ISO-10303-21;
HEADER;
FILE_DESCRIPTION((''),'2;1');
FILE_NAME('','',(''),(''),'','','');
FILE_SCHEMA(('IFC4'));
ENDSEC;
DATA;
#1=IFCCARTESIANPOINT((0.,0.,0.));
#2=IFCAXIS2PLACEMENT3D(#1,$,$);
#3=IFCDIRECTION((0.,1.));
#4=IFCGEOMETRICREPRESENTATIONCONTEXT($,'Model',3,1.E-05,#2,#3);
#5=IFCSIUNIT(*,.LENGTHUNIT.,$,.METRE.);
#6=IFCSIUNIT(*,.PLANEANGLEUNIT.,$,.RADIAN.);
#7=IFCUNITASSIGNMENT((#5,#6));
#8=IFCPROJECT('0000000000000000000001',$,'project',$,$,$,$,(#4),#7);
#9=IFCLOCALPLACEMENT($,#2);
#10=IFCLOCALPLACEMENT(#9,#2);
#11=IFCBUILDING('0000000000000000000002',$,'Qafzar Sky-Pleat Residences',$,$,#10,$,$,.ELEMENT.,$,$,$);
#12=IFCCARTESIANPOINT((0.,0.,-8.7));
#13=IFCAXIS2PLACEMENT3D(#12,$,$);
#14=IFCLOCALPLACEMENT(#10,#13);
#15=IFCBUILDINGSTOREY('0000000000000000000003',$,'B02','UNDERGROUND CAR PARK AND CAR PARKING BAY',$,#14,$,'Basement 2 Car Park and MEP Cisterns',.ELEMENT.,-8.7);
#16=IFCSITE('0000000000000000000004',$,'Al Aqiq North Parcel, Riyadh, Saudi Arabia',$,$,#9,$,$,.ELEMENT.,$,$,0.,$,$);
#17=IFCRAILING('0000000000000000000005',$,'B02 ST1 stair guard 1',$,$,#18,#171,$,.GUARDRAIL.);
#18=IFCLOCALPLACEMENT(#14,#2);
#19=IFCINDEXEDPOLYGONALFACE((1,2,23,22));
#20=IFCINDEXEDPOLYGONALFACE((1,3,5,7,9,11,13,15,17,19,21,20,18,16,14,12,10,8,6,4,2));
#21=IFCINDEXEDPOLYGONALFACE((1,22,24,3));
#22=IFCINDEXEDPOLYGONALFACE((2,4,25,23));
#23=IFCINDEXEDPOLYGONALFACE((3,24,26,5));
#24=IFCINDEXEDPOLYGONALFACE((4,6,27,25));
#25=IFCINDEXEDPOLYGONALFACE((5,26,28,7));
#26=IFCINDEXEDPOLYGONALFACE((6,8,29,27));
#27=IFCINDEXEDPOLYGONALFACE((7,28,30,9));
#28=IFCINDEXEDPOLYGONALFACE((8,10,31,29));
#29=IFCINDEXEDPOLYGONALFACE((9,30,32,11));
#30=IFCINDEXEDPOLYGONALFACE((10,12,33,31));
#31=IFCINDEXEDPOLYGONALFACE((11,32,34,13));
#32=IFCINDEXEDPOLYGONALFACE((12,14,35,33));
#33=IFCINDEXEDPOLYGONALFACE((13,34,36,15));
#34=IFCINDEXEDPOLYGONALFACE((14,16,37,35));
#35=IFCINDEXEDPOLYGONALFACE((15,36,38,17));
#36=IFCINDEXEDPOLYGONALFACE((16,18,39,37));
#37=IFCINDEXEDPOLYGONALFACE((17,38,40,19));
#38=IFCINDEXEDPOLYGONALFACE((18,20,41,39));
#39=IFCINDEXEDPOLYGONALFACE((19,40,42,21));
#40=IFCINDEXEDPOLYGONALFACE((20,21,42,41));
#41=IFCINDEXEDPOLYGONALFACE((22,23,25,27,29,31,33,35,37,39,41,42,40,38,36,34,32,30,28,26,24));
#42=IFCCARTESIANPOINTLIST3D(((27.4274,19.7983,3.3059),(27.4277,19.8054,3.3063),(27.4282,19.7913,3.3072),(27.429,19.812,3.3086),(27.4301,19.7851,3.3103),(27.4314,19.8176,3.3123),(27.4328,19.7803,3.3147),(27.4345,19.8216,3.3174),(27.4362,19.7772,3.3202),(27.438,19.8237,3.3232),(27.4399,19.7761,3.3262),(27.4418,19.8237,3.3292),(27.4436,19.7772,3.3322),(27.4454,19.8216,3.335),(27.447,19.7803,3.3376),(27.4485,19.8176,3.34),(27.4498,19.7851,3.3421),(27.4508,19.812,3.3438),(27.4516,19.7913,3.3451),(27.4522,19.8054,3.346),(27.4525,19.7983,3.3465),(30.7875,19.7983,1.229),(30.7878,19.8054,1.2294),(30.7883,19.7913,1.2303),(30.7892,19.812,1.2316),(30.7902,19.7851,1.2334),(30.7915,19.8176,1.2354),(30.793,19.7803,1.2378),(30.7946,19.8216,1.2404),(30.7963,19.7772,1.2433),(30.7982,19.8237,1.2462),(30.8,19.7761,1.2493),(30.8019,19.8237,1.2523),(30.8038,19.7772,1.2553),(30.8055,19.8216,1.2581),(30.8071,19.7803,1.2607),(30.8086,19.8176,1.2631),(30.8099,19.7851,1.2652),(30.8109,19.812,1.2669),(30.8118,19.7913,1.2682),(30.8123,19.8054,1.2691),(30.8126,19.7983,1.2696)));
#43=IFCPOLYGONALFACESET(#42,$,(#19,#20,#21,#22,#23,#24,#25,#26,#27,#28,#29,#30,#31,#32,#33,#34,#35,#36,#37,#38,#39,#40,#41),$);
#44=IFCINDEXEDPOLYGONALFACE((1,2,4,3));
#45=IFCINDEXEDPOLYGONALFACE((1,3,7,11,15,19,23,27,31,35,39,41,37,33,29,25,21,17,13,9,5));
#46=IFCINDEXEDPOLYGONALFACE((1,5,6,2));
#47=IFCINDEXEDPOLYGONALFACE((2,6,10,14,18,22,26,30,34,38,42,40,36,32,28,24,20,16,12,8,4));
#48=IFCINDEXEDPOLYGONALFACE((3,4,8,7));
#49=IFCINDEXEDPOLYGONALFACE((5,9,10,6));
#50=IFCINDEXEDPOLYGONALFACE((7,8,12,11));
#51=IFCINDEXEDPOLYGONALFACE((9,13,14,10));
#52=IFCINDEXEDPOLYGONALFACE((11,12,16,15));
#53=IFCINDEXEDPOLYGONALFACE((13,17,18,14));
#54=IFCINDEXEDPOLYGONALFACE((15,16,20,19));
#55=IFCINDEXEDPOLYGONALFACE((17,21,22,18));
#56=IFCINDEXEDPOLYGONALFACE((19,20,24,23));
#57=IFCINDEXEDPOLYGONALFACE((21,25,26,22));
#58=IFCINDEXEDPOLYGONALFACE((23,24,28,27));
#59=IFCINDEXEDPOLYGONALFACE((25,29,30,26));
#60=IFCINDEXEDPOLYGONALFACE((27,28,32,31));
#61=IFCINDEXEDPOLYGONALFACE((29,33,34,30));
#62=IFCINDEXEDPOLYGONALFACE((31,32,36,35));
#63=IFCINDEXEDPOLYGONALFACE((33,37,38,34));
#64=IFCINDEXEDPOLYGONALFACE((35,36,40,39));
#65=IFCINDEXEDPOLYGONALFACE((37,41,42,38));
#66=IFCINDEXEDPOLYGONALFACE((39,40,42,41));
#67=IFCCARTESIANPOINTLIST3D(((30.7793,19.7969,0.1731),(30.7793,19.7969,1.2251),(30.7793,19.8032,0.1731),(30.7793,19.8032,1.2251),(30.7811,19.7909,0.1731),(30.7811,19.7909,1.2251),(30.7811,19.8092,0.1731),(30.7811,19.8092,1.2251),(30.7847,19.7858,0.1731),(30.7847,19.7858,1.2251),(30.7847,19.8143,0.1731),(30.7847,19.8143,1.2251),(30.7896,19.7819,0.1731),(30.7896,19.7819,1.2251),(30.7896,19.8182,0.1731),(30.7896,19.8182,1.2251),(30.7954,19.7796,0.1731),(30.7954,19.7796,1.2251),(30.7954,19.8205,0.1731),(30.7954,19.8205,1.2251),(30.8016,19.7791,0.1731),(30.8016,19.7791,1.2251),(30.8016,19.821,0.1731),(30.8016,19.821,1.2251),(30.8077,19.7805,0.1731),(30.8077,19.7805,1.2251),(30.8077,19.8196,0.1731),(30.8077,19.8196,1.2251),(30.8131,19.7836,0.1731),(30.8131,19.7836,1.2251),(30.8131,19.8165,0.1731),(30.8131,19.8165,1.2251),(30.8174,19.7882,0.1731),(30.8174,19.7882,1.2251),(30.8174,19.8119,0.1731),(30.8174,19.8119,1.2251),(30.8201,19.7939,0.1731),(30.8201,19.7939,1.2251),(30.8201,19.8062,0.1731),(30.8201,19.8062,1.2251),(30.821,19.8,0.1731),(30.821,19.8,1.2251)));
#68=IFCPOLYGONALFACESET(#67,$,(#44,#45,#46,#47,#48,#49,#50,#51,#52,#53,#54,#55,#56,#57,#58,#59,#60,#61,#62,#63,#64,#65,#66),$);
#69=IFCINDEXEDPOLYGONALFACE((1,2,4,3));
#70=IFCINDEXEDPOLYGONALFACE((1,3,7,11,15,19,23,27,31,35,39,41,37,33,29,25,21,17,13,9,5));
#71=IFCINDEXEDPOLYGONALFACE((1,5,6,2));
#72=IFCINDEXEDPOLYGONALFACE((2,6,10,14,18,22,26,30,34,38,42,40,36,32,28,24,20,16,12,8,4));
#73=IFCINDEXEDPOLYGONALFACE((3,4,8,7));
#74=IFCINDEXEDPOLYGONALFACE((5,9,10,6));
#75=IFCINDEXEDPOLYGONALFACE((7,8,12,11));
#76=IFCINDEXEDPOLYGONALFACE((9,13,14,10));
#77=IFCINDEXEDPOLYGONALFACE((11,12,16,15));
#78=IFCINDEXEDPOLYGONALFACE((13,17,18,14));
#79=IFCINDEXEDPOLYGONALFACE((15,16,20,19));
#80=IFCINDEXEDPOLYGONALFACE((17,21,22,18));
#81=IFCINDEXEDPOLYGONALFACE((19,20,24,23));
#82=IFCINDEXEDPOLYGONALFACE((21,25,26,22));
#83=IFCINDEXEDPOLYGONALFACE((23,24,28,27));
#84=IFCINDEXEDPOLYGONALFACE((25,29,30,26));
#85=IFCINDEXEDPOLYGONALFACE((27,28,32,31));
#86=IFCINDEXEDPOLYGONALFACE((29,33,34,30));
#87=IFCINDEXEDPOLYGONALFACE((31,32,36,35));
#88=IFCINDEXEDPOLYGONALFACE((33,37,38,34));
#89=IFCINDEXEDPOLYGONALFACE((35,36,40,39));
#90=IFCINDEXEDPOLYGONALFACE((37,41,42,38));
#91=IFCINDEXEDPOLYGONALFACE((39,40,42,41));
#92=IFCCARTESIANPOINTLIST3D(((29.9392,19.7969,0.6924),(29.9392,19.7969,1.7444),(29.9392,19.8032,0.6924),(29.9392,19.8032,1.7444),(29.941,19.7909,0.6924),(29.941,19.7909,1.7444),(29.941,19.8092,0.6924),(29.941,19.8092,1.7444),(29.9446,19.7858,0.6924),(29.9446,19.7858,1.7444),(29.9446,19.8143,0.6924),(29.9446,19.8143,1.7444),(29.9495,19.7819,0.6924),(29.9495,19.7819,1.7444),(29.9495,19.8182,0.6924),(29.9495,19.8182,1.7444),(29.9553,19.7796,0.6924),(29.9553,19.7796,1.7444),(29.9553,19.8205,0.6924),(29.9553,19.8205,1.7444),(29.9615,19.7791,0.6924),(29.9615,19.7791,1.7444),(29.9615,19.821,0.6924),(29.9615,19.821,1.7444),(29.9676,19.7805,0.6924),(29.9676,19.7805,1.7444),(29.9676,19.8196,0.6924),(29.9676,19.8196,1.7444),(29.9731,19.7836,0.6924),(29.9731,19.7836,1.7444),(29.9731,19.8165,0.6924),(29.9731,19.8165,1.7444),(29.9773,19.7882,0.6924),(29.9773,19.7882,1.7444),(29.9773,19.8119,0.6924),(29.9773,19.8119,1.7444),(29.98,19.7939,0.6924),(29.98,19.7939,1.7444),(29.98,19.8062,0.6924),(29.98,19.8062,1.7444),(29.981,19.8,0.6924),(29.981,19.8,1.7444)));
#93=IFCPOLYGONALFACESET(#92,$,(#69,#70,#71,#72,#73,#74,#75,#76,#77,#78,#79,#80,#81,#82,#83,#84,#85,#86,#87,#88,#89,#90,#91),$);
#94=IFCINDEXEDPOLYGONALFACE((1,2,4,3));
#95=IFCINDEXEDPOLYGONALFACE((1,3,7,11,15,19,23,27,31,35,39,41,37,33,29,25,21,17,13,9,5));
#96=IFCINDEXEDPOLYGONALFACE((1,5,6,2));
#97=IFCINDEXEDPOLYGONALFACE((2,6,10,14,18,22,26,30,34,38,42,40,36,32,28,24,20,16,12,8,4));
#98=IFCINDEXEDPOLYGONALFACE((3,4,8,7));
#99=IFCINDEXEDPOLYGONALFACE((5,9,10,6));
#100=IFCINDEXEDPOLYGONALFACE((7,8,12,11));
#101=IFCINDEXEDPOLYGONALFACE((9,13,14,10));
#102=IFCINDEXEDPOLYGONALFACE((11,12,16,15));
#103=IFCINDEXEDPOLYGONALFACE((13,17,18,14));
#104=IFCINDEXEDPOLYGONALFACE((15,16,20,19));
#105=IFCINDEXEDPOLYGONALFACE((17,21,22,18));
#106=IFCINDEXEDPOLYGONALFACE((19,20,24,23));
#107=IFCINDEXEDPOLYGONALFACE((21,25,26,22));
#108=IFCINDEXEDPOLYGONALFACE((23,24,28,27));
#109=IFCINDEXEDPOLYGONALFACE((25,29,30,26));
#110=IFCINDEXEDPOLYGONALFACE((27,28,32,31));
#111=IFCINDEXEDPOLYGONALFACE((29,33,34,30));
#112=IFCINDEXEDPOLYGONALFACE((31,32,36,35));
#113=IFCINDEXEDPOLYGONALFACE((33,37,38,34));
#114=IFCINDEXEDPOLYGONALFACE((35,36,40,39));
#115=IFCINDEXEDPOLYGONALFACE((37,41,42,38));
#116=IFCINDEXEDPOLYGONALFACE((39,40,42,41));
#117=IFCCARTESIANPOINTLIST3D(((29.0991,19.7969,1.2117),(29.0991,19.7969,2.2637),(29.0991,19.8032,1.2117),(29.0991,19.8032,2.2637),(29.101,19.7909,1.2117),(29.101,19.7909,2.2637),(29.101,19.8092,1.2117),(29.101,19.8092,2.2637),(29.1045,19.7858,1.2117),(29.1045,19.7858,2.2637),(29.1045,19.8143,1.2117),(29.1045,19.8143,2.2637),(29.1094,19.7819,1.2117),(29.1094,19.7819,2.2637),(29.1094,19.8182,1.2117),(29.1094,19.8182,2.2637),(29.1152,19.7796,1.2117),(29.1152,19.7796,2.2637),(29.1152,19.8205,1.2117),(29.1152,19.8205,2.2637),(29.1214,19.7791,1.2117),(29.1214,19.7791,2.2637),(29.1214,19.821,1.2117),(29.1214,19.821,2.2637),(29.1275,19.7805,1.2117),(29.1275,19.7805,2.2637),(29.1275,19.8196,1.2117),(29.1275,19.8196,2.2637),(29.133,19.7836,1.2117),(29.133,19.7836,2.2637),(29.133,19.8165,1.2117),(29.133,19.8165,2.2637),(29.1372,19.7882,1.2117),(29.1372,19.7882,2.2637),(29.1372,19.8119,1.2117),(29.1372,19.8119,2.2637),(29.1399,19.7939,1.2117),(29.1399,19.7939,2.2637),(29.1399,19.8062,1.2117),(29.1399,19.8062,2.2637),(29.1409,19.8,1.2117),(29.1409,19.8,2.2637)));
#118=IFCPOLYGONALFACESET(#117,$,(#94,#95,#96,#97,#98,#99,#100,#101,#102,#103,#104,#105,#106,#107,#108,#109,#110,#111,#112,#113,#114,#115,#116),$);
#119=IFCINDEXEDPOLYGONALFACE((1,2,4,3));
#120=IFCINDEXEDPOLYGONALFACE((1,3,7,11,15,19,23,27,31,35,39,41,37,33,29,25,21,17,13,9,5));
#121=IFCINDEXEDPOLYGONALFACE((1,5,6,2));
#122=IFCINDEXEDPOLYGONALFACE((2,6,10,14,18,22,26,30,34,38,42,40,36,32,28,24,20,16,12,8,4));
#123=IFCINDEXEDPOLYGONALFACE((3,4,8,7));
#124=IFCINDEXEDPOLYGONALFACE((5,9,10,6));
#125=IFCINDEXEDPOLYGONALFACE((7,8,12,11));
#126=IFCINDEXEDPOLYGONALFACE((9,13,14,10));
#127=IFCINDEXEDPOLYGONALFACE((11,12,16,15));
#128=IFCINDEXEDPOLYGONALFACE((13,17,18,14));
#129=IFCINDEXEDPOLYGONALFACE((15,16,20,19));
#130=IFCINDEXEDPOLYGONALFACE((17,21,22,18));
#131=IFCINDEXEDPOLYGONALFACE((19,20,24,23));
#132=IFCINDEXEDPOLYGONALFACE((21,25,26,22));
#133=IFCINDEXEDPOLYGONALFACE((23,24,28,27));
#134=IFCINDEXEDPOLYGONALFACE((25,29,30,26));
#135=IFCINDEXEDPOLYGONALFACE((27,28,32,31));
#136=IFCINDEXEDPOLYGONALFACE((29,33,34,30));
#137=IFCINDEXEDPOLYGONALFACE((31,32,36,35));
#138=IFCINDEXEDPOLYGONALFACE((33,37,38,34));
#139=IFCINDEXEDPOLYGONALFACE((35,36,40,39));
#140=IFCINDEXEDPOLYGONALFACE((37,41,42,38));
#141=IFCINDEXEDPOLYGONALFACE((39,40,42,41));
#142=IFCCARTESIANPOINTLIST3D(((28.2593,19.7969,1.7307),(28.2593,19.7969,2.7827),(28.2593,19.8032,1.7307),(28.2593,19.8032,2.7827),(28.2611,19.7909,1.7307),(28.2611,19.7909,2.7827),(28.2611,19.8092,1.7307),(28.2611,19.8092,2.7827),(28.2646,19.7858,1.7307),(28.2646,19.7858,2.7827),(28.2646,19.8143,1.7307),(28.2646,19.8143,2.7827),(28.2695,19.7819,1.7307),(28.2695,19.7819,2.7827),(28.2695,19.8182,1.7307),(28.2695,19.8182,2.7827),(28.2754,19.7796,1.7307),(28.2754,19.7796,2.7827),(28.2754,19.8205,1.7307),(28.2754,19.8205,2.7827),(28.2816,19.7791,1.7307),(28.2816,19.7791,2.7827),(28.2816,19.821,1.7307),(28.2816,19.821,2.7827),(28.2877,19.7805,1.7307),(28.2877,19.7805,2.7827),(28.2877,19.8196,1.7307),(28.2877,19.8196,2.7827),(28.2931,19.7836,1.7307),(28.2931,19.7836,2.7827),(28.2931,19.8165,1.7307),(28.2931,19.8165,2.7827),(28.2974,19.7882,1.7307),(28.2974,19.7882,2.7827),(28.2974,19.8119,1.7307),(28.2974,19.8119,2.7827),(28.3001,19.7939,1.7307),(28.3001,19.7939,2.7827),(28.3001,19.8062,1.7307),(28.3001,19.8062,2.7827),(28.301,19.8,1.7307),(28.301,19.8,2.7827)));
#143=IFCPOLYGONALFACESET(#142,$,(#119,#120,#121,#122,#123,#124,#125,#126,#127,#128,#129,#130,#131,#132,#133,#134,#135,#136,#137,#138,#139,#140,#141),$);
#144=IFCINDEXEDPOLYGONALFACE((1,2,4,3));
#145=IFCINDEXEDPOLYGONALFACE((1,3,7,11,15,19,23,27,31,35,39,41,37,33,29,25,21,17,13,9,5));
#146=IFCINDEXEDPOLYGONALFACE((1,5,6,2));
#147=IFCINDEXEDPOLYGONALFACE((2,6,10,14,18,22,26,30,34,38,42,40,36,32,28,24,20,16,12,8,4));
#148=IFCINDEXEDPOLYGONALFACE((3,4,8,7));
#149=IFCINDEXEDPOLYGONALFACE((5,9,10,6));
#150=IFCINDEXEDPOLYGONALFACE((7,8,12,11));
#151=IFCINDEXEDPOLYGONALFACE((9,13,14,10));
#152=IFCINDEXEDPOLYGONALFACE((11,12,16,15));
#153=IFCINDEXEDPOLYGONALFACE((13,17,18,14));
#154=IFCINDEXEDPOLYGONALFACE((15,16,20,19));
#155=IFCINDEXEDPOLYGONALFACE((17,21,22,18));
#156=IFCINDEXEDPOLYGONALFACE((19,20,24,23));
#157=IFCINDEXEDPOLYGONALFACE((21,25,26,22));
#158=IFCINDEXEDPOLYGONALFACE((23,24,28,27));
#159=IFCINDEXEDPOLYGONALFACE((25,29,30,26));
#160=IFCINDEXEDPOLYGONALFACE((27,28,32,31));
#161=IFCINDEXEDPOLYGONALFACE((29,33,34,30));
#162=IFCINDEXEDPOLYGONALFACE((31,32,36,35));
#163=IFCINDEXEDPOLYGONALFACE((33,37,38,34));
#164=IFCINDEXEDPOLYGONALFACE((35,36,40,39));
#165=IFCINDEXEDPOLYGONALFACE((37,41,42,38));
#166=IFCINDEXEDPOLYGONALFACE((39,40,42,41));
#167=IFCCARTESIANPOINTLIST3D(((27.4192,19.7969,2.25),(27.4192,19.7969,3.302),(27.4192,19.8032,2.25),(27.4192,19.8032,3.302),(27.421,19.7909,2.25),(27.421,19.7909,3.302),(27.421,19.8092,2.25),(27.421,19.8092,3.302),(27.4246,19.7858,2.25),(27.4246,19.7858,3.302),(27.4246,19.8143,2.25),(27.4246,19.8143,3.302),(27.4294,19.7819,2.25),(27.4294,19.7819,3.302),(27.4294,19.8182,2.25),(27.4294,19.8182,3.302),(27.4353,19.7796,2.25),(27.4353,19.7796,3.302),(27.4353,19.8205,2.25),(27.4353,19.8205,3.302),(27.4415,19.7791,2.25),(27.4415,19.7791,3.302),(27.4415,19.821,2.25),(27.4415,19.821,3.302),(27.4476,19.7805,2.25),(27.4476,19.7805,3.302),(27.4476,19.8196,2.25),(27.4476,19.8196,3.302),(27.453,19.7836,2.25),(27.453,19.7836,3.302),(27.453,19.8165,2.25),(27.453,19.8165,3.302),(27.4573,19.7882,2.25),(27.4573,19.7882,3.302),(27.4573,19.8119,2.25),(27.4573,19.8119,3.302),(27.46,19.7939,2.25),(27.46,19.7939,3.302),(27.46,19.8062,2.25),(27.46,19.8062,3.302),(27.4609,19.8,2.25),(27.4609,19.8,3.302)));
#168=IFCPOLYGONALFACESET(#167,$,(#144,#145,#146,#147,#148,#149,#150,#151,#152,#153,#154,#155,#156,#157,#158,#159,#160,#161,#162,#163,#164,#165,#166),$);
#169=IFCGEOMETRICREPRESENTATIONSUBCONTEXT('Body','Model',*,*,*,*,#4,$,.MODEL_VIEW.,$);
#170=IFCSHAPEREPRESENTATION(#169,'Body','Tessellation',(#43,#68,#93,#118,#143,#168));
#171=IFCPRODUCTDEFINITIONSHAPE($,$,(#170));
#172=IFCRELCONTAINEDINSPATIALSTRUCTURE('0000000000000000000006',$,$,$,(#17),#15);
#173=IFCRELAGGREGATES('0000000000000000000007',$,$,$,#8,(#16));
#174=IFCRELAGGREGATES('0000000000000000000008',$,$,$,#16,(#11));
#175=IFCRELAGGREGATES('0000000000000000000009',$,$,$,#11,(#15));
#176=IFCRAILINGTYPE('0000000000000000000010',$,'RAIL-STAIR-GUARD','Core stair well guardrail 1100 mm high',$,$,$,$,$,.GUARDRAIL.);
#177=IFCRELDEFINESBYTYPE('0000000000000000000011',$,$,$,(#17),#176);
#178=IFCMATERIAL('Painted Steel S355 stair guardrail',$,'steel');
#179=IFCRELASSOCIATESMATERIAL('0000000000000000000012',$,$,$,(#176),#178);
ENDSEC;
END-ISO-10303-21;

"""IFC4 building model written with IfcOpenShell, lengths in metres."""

from ifc_helpers import new_model, si_unit, direction, frame, origin, origin_2d, place, context, subcontext, project, spatial, circle, extrude, source, transform, mapped, material, type_object, element, save


model = new_model("IFC4")

# Units and contexts
model_context = context("Model", 3, precision=1e-05, world=origin(), true_north=direction((0.0, 1.0)))
body_context = subcontext(model_context, "Body", "Model", "MODEL_VIEW")
ifc_project = project(units=[si_unit("LENGTHUNIT", "METRE"), si_unit("PLANEANGLEUNIT", "RADIAN")], contexts=[model_context])

# Site, building, storey
site_placement = place(None, origin())
site = spatial("IfcSite", under=ifc_project, at=site_placement, Name="Al Aqiq North Parcel, Riyadh, Saudi Arabia", CompositionType="ELEMENT", RefElevation=0.0)
building_placement = place(site_placement, origin())
building = spatial("IfcBuilding", under=site, at=building_placement, Name="Qafzar Sky-Pleat Residences", CompositionType="ELEMENT")
storey_placement = place(building_placement, frame((0.0, 0.0, -8.7)))
storey = spatial("IfcBuildingStorey", under=building, at=storey_placement, Name="B02", Description="UNDERGROUND CAR PARK AND CAR PARKING BAY", LongName="Basement 2 Car Park and MEP Cisterns", CompositionType="ELEMENT", Elevation=-8.7)

# Railing
ifc_material_1 = material(Name="Painted Steel S355 stair guardrail", Category="steel")
railing_type_1 = type_object("IfcRailingType", Name="RAIL-STAIR-GUARD", Description="Core stair well guardrail 1100 mm high", PredefinedType="GUARDRAIL", material=ifc_material_1)
shared_shape_1 = source(origin(), body_context, "Body", "SweptSolid", [
    extrude(circle(Radius=0.0239, at=origin_2d()), frame((0.0, 0.0, 1.0762), z_axis=(-0.850623, 0.0, 0.525776), x_axis=(0.0, -1.0, 0.0)), (0.0, 0.0, 1.0), 3.9502),
    extrude(circle(Radius=0.021, at=origin_2d()), origin(), (0.0, 0.0, 1.0), 1.052),
    extrude(circle(Radius=0.021, at=origin_2d()), frame((-0.8401, 0.0, 0.5193)), (0.0, 0.0, 1.0), 1.052),
    extrude(circle(Radius=0.021, at=origin_2d()), frame((-1.6802, 0.0, 1.0386)), (0.0, 0.0, 1.0), 1.052),
    extrude(circle(Radius=0.021, at=origin_2d()), frame((-2.52, 0.0, 1.5576)), (0.0, 0.0, 1.0), 1.052),
    extrude(circle(Radius=0.021, at=origin_2d()), frame((-3.3601, 0.0, 2.0769)), (0.0, 0.0, 1.0), 1.052),
])
railing_1_placement = place(storey_placement, frame((30.8, 19.8, 0.1731)))
element("IfcRailing", 1, at=railing_1_placement, inside=storey, type_object=railing_type_1, Name="B02 ST1 stair guard 1", PredefinedType="GUARDRAIL", context=body_context, shape_type="MappedRepresentation", body=[
    mapped(shared_shape_1, transform((0.0, 0.0, 0.0), x_axis=(1.0, 0.0, 0.0), y_axis=(0.0, 1.0, 0.0), z_axis=(0.0, 0.0, 1.0), scale=1.0)),
])

save(model, "model.ifc")
